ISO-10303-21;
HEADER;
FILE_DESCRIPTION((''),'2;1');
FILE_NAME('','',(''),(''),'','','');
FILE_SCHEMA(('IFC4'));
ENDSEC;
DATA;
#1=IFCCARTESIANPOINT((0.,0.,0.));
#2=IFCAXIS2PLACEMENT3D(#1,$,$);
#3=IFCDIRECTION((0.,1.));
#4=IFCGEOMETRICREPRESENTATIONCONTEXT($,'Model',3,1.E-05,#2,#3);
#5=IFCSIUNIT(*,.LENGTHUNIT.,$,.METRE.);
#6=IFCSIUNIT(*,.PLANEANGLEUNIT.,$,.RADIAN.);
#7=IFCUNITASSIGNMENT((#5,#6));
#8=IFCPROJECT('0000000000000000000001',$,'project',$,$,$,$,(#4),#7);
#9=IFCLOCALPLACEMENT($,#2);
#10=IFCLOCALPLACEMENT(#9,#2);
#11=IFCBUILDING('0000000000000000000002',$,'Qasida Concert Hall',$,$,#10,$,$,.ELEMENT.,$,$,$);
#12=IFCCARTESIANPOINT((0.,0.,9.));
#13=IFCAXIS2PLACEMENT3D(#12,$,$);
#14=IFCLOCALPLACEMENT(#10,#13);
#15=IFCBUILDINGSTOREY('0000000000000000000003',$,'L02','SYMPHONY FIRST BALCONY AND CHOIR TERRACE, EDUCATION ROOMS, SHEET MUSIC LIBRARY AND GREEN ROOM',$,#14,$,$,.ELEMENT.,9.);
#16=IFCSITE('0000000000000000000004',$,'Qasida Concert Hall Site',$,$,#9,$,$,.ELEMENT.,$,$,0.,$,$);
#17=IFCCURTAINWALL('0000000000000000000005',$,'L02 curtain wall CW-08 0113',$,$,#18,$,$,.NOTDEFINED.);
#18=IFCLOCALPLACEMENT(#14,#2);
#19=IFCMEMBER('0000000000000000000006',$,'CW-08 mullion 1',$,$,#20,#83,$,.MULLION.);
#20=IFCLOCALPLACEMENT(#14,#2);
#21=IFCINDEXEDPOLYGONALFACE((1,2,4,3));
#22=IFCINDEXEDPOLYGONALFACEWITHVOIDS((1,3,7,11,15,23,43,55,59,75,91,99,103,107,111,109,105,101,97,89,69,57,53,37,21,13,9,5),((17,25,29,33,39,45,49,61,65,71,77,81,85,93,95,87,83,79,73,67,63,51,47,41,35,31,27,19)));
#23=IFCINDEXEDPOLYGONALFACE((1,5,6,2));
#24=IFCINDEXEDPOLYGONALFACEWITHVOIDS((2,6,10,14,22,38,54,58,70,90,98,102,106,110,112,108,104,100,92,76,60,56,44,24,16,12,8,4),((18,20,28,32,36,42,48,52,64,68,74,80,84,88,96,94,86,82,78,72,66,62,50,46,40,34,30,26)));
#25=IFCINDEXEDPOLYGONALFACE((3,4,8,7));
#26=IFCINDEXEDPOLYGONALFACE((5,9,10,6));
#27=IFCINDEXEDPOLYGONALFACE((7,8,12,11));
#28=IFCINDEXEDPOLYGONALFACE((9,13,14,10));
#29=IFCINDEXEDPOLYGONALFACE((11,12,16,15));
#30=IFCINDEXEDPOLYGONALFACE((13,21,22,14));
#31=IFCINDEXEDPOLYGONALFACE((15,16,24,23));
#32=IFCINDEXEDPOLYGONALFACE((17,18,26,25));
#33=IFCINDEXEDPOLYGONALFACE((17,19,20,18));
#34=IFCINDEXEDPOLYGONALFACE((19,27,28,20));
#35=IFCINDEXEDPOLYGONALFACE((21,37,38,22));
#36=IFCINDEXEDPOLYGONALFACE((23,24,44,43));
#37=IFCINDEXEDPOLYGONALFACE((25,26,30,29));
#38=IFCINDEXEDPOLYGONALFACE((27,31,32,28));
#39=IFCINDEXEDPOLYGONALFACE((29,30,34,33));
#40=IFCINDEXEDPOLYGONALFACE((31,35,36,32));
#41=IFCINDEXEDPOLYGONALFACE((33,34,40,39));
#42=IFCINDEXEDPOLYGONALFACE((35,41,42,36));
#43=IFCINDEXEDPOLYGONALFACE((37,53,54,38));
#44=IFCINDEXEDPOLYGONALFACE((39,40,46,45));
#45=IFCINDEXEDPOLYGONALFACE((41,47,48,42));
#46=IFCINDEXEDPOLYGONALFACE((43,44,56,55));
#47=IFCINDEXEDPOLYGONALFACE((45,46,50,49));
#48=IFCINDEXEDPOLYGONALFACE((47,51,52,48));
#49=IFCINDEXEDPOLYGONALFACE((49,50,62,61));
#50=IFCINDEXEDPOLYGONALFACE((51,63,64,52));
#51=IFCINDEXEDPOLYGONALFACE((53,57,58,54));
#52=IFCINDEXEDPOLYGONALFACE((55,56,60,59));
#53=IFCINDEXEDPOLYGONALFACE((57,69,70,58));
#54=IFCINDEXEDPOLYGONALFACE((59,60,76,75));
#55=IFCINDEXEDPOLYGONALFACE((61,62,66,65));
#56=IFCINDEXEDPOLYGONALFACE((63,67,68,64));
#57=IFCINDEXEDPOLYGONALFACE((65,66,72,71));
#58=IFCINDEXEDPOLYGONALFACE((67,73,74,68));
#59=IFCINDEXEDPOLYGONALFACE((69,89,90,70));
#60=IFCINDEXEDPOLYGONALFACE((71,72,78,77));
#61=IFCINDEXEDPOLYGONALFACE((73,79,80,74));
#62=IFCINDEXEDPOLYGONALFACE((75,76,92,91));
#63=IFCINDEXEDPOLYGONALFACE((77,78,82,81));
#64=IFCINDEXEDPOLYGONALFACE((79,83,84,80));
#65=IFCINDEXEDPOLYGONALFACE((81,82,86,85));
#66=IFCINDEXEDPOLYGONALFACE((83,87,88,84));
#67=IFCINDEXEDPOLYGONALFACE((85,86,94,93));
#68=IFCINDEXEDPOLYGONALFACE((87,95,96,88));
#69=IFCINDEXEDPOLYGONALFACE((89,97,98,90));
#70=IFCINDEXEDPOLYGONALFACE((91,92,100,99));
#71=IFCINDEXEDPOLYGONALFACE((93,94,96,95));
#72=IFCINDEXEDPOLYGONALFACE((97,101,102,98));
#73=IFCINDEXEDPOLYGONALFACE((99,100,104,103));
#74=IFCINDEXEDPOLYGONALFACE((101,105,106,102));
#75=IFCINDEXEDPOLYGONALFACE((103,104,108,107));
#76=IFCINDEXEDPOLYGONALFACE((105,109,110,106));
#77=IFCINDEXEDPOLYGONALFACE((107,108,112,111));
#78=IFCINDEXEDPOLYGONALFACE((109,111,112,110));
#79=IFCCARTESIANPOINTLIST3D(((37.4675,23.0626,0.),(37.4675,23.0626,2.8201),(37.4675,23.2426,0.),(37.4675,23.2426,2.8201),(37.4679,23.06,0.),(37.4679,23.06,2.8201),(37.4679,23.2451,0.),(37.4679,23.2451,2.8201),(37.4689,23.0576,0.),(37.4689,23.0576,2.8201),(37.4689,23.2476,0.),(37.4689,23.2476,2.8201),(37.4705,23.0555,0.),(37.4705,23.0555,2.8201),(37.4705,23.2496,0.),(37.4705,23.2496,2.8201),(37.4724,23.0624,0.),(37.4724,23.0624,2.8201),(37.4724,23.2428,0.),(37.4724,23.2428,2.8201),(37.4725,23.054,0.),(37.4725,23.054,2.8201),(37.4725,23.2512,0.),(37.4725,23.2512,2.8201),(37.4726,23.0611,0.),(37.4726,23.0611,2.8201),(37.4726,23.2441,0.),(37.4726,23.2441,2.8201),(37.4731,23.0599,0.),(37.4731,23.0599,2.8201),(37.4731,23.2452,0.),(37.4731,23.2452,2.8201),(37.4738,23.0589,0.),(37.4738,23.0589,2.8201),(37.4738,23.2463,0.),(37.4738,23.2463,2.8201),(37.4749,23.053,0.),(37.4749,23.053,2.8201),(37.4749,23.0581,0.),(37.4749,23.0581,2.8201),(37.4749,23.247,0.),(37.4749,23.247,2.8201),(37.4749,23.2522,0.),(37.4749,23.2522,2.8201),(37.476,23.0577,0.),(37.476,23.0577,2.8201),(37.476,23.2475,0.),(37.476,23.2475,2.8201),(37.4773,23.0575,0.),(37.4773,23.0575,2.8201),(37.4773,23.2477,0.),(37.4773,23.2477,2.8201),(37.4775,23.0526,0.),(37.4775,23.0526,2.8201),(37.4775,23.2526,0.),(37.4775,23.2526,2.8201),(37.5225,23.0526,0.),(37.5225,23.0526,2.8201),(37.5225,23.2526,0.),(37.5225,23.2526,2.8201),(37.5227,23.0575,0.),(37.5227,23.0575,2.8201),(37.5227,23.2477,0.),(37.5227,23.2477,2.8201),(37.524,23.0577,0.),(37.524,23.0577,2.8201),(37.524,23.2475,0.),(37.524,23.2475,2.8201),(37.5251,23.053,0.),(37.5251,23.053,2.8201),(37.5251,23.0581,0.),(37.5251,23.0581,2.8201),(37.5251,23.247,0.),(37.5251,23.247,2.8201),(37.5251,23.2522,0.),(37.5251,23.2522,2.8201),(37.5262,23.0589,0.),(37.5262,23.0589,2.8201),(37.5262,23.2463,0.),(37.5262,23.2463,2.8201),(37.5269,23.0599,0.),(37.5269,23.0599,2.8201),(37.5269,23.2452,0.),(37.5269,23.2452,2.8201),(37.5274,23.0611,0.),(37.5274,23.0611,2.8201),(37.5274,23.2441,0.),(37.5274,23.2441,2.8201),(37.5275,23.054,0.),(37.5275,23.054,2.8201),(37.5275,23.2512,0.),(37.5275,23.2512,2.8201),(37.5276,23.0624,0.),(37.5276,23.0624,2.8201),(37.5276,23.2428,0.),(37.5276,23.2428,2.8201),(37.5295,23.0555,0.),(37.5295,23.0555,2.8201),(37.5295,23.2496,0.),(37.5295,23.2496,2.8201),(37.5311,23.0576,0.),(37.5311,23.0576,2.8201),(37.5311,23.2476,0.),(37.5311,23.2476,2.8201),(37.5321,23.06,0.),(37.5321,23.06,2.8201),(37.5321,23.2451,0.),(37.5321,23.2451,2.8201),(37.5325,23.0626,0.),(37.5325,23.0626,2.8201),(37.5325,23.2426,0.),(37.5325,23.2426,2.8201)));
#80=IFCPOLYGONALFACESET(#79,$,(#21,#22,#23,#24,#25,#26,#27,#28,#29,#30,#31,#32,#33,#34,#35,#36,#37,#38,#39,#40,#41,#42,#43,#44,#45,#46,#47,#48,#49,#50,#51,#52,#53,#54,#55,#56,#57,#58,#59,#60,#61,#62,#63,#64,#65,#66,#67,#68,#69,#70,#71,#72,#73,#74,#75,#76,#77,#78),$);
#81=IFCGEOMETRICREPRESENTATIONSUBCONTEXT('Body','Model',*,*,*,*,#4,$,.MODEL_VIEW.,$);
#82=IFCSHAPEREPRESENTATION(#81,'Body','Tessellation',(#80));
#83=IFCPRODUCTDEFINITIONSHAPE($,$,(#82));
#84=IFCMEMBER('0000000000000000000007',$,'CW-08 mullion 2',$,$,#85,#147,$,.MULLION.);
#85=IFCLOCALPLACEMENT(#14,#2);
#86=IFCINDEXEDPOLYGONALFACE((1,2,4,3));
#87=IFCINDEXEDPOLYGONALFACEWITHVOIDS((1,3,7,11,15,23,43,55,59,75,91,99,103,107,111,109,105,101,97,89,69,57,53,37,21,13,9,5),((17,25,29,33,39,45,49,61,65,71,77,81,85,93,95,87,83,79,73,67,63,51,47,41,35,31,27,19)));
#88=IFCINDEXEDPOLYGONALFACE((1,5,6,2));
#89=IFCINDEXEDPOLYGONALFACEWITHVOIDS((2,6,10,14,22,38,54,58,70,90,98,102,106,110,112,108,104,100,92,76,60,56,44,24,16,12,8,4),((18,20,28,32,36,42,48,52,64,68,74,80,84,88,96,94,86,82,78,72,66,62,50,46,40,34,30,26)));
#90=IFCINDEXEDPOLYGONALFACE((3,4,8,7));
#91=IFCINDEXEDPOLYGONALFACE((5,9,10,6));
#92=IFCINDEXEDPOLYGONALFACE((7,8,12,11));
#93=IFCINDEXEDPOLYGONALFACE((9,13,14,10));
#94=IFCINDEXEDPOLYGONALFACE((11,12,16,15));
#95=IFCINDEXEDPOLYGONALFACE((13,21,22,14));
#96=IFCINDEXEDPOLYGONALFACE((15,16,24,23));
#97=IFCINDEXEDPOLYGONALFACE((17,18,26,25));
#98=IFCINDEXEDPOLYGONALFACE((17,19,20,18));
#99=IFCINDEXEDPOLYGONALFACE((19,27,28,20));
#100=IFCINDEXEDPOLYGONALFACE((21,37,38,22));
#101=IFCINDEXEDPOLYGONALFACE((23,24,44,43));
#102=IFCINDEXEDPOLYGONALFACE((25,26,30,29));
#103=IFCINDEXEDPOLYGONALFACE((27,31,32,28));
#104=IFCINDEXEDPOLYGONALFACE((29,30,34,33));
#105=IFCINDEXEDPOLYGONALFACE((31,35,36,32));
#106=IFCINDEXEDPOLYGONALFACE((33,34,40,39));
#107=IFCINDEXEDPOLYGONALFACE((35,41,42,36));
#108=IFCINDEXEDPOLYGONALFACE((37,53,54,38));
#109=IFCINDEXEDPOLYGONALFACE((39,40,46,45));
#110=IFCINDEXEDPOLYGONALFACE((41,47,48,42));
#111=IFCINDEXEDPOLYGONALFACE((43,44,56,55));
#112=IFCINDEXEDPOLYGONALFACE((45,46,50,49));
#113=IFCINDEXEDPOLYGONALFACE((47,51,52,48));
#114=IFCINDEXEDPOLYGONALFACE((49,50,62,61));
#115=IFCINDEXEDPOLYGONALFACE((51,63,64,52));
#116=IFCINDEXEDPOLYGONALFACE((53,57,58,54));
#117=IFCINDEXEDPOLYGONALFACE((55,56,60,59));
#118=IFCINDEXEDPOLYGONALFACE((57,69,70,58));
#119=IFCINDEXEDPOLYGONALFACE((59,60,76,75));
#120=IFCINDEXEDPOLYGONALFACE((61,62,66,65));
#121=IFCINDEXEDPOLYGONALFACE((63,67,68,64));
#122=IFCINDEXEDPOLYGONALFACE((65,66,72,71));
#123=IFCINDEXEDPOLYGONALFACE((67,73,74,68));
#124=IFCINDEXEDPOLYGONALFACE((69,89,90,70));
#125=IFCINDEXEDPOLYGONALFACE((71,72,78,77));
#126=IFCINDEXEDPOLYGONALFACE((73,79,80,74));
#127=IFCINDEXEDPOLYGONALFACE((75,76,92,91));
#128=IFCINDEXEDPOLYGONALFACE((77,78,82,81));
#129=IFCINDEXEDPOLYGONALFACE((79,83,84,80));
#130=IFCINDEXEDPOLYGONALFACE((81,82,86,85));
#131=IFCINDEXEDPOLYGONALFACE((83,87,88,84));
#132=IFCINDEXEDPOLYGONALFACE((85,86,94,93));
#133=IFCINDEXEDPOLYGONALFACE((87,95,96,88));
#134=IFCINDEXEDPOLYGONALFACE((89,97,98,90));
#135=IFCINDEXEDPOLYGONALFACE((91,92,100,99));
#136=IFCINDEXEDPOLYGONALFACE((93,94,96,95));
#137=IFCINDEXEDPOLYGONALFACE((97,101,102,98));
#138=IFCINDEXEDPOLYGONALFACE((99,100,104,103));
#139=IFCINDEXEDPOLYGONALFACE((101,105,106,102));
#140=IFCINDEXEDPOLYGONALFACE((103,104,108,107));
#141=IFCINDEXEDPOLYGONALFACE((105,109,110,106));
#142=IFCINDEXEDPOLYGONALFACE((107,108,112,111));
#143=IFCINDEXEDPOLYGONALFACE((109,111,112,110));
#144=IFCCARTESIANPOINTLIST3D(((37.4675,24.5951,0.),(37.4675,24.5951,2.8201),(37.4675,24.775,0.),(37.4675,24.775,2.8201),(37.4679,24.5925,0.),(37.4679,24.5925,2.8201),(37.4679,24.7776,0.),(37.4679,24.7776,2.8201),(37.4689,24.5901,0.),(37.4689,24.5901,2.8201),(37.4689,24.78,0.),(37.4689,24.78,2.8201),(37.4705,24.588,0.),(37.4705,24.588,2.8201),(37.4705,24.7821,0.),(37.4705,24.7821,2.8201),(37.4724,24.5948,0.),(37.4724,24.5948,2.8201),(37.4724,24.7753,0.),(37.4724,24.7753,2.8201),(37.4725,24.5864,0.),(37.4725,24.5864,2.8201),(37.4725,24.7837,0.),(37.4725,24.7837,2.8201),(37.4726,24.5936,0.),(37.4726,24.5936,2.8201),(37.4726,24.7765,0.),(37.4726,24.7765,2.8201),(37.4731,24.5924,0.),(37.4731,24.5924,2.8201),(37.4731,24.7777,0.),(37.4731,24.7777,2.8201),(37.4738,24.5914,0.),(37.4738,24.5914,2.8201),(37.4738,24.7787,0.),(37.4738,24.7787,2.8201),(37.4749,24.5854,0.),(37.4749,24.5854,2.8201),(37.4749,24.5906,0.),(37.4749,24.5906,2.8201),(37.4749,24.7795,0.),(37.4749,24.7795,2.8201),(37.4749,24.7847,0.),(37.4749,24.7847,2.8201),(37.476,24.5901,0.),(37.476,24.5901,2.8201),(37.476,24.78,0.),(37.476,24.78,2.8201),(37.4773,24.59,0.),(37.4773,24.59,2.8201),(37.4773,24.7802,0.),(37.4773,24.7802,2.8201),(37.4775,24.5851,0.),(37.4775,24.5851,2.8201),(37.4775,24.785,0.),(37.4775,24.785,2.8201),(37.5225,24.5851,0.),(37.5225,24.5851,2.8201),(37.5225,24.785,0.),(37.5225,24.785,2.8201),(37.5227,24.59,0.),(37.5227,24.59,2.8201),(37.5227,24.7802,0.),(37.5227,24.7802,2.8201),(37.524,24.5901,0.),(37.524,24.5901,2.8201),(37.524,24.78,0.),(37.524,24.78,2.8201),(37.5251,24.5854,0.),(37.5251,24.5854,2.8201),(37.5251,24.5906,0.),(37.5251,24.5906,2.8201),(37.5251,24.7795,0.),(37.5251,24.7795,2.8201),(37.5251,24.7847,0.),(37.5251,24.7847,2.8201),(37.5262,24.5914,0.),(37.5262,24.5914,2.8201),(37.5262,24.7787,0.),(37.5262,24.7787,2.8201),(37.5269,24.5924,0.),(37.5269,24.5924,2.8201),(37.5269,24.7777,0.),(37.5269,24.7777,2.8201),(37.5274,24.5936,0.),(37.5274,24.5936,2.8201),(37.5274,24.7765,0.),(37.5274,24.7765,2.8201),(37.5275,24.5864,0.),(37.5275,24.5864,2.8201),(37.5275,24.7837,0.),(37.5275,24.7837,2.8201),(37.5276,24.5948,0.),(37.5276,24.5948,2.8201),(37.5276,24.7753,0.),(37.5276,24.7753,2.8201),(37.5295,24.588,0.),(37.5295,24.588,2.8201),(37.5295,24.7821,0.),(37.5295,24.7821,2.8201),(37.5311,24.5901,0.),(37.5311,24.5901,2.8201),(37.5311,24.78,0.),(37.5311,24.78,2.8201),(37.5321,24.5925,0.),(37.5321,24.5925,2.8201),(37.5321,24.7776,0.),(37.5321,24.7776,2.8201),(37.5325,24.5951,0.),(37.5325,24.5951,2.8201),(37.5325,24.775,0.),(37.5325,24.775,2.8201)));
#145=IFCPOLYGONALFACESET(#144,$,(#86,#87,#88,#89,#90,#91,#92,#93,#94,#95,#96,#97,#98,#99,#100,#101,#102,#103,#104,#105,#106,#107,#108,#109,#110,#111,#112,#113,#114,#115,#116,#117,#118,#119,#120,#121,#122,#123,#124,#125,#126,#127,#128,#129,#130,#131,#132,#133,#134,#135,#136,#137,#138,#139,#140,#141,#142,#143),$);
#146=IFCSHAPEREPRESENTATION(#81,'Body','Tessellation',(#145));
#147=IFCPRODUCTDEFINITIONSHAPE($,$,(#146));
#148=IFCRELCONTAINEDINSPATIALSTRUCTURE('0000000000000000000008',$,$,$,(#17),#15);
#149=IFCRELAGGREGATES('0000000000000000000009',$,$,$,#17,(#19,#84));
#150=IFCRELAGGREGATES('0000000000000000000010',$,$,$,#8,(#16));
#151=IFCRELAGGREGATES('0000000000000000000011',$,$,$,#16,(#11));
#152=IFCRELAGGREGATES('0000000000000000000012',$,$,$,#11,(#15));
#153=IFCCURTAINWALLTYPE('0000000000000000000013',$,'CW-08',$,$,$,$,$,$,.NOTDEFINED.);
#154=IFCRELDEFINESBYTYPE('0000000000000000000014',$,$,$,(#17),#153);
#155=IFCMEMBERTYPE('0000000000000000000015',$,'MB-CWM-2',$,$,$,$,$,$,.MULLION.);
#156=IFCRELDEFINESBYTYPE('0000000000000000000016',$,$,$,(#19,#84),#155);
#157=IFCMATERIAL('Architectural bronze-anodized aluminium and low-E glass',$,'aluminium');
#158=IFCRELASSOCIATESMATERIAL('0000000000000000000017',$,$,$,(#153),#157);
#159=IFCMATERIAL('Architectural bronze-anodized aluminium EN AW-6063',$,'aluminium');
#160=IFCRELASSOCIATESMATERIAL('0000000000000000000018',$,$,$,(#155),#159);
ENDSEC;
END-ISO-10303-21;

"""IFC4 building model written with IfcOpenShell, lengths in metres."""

from ifc_helpers import new_model, si_unit, direction, frame, origin, origin_2d, place, context, subcontext, project, spatial, hollow_rectangle, extrude, material, material_profile, profile_set, type_object, element, aggregate, save


model = new_model("IFC4")

# Units and contexts
model_context = context("Model", 3, precision=1e-05, world=origin(), true_north=direction((0.0, 1.0)))
body_context = subcontext(model_context, "Body", "Model", "MODEL_VIEW")
ifc_project = project(units=[si_unit("LENGTHUNIT", "METRE"), si_unit("PLANEANGLEUNIT", "RADIAN")], contexts=[model_context])

# Site, building, storey
site_placement = place(None, origin())
site = spatial("IfcSite", under=ifc_project, at=site_placement, Name="Qasida Concert Hall Site", CompositionType="ELEMENT", RefElevation=0.0)
building_placement = place(site_placement, origin())
building = spatial("IfcBuilding", under=site, at=building_placement, Name="Qasida Concert Hall", CompositionType="ELEMENT")
storey_placement = place(building_placement, frame((0.0, 0.0, 9.0)))
storey = spatial("IfcBuildingStorey", under=building, at=storey_placement, Name="L02", Description="SYMPHONY FIRST BALCONY AND CHOIR TERRACE, EDUCATION ROOMS, SHEET MUSIC LIBRARY AND GREEN ROOM", CompositionType="ELEMENT", Elevation=9.0)

# Curtain wall, members
ifc_material_1 = material(Name="Architectural bronze-anodized aluminium and low-E glass", Category="aluminium")
curtain_wall_type = type_object("IfcCurtainWallType", Name="CW-08", PredefinedType="NOTDEFINED", material=ifc_material_1)
curtain_wall_placement = place(storey_placement, origin())
curtain_wall = element("IfcCurtainWall", 1, at=curtain_wall_placement, inside=storey, type_object=curtain_wall_type, Name="L02 curtain wall CW-08 0113", PredefinedType="NOTDEFINED")
ifc_material_2 = material(Name="Architectural bronze-anodized aluminium EN AW-6063", Category="aluminium")
ifc_material_profile_1 = material_profile(ifc_material_2, hollow_rectangle(XDim=0.0649, YDim=0.2, WallThickness=0.0049, InnerFilletRadius=0.0049, OuterFilletRadius=0.01, at=origin_2d()), Name="CWM 200x65x5")
ifc_profile_set_1 = profile_set([ifc_material_profile_1], Name="Architectural bronze-anodized aluminium EN AW-6063")
member_type_1 = type_object("IfcMemberType", Name="MB-CWM-2", PredefinedType="MULLION", material=ifc_profile_set_1)
member_1_placement = place(storey_placement, frame((37.5, 23.1526, 0.0), z_axis=(0.0, 0.0, 1.0), x_axis=(-1.0, 0.0, 0.0)))
member_1 = element("IfcMember", 2, at=member_1_placement, type_object=member_type_1, Name="CW-08 mullion 1", PredefinedType="MULLION", context=body_context, shape_type="SweptSolid", body=[
    extrude(hollow_rectangle(XDim=0.0649, YDim=0.2, WallThickness=0.0049, InnerFilletRadius=0.0049, OuterFilletRadius=0.01, at=origin_2d()), origin(), (0.0, 0.0, 1.0), 2.8201),
])
member_2_placement = place(storey_placement, frame((37.5, 24.6851, 0.0), z_axis=(0.0, 0.0, 1.0), x_axis=(-1.0, 0.0, 0.0)))
member_2 = element("IfcMember", 3, at=member_2_placement, type_object=member_type_1, Name="CW-08 mullion 2", PredefinedType="MULLION", context=body_context, shape_type="SweptSolid", body=[
    extrude(hollow_rectangle(XDim=0.0649, YDim=0.2, WallThickness=0.0049, InnerFilletRadius=0.0049, OuterFilletRadius=0.01, at=origin_2d()), origin(), (0.0, 0.0, 1.0), 2.8201),
])

aggregate(curtain_wall, [member_1, member_2])

save(model, "model.ifc")
